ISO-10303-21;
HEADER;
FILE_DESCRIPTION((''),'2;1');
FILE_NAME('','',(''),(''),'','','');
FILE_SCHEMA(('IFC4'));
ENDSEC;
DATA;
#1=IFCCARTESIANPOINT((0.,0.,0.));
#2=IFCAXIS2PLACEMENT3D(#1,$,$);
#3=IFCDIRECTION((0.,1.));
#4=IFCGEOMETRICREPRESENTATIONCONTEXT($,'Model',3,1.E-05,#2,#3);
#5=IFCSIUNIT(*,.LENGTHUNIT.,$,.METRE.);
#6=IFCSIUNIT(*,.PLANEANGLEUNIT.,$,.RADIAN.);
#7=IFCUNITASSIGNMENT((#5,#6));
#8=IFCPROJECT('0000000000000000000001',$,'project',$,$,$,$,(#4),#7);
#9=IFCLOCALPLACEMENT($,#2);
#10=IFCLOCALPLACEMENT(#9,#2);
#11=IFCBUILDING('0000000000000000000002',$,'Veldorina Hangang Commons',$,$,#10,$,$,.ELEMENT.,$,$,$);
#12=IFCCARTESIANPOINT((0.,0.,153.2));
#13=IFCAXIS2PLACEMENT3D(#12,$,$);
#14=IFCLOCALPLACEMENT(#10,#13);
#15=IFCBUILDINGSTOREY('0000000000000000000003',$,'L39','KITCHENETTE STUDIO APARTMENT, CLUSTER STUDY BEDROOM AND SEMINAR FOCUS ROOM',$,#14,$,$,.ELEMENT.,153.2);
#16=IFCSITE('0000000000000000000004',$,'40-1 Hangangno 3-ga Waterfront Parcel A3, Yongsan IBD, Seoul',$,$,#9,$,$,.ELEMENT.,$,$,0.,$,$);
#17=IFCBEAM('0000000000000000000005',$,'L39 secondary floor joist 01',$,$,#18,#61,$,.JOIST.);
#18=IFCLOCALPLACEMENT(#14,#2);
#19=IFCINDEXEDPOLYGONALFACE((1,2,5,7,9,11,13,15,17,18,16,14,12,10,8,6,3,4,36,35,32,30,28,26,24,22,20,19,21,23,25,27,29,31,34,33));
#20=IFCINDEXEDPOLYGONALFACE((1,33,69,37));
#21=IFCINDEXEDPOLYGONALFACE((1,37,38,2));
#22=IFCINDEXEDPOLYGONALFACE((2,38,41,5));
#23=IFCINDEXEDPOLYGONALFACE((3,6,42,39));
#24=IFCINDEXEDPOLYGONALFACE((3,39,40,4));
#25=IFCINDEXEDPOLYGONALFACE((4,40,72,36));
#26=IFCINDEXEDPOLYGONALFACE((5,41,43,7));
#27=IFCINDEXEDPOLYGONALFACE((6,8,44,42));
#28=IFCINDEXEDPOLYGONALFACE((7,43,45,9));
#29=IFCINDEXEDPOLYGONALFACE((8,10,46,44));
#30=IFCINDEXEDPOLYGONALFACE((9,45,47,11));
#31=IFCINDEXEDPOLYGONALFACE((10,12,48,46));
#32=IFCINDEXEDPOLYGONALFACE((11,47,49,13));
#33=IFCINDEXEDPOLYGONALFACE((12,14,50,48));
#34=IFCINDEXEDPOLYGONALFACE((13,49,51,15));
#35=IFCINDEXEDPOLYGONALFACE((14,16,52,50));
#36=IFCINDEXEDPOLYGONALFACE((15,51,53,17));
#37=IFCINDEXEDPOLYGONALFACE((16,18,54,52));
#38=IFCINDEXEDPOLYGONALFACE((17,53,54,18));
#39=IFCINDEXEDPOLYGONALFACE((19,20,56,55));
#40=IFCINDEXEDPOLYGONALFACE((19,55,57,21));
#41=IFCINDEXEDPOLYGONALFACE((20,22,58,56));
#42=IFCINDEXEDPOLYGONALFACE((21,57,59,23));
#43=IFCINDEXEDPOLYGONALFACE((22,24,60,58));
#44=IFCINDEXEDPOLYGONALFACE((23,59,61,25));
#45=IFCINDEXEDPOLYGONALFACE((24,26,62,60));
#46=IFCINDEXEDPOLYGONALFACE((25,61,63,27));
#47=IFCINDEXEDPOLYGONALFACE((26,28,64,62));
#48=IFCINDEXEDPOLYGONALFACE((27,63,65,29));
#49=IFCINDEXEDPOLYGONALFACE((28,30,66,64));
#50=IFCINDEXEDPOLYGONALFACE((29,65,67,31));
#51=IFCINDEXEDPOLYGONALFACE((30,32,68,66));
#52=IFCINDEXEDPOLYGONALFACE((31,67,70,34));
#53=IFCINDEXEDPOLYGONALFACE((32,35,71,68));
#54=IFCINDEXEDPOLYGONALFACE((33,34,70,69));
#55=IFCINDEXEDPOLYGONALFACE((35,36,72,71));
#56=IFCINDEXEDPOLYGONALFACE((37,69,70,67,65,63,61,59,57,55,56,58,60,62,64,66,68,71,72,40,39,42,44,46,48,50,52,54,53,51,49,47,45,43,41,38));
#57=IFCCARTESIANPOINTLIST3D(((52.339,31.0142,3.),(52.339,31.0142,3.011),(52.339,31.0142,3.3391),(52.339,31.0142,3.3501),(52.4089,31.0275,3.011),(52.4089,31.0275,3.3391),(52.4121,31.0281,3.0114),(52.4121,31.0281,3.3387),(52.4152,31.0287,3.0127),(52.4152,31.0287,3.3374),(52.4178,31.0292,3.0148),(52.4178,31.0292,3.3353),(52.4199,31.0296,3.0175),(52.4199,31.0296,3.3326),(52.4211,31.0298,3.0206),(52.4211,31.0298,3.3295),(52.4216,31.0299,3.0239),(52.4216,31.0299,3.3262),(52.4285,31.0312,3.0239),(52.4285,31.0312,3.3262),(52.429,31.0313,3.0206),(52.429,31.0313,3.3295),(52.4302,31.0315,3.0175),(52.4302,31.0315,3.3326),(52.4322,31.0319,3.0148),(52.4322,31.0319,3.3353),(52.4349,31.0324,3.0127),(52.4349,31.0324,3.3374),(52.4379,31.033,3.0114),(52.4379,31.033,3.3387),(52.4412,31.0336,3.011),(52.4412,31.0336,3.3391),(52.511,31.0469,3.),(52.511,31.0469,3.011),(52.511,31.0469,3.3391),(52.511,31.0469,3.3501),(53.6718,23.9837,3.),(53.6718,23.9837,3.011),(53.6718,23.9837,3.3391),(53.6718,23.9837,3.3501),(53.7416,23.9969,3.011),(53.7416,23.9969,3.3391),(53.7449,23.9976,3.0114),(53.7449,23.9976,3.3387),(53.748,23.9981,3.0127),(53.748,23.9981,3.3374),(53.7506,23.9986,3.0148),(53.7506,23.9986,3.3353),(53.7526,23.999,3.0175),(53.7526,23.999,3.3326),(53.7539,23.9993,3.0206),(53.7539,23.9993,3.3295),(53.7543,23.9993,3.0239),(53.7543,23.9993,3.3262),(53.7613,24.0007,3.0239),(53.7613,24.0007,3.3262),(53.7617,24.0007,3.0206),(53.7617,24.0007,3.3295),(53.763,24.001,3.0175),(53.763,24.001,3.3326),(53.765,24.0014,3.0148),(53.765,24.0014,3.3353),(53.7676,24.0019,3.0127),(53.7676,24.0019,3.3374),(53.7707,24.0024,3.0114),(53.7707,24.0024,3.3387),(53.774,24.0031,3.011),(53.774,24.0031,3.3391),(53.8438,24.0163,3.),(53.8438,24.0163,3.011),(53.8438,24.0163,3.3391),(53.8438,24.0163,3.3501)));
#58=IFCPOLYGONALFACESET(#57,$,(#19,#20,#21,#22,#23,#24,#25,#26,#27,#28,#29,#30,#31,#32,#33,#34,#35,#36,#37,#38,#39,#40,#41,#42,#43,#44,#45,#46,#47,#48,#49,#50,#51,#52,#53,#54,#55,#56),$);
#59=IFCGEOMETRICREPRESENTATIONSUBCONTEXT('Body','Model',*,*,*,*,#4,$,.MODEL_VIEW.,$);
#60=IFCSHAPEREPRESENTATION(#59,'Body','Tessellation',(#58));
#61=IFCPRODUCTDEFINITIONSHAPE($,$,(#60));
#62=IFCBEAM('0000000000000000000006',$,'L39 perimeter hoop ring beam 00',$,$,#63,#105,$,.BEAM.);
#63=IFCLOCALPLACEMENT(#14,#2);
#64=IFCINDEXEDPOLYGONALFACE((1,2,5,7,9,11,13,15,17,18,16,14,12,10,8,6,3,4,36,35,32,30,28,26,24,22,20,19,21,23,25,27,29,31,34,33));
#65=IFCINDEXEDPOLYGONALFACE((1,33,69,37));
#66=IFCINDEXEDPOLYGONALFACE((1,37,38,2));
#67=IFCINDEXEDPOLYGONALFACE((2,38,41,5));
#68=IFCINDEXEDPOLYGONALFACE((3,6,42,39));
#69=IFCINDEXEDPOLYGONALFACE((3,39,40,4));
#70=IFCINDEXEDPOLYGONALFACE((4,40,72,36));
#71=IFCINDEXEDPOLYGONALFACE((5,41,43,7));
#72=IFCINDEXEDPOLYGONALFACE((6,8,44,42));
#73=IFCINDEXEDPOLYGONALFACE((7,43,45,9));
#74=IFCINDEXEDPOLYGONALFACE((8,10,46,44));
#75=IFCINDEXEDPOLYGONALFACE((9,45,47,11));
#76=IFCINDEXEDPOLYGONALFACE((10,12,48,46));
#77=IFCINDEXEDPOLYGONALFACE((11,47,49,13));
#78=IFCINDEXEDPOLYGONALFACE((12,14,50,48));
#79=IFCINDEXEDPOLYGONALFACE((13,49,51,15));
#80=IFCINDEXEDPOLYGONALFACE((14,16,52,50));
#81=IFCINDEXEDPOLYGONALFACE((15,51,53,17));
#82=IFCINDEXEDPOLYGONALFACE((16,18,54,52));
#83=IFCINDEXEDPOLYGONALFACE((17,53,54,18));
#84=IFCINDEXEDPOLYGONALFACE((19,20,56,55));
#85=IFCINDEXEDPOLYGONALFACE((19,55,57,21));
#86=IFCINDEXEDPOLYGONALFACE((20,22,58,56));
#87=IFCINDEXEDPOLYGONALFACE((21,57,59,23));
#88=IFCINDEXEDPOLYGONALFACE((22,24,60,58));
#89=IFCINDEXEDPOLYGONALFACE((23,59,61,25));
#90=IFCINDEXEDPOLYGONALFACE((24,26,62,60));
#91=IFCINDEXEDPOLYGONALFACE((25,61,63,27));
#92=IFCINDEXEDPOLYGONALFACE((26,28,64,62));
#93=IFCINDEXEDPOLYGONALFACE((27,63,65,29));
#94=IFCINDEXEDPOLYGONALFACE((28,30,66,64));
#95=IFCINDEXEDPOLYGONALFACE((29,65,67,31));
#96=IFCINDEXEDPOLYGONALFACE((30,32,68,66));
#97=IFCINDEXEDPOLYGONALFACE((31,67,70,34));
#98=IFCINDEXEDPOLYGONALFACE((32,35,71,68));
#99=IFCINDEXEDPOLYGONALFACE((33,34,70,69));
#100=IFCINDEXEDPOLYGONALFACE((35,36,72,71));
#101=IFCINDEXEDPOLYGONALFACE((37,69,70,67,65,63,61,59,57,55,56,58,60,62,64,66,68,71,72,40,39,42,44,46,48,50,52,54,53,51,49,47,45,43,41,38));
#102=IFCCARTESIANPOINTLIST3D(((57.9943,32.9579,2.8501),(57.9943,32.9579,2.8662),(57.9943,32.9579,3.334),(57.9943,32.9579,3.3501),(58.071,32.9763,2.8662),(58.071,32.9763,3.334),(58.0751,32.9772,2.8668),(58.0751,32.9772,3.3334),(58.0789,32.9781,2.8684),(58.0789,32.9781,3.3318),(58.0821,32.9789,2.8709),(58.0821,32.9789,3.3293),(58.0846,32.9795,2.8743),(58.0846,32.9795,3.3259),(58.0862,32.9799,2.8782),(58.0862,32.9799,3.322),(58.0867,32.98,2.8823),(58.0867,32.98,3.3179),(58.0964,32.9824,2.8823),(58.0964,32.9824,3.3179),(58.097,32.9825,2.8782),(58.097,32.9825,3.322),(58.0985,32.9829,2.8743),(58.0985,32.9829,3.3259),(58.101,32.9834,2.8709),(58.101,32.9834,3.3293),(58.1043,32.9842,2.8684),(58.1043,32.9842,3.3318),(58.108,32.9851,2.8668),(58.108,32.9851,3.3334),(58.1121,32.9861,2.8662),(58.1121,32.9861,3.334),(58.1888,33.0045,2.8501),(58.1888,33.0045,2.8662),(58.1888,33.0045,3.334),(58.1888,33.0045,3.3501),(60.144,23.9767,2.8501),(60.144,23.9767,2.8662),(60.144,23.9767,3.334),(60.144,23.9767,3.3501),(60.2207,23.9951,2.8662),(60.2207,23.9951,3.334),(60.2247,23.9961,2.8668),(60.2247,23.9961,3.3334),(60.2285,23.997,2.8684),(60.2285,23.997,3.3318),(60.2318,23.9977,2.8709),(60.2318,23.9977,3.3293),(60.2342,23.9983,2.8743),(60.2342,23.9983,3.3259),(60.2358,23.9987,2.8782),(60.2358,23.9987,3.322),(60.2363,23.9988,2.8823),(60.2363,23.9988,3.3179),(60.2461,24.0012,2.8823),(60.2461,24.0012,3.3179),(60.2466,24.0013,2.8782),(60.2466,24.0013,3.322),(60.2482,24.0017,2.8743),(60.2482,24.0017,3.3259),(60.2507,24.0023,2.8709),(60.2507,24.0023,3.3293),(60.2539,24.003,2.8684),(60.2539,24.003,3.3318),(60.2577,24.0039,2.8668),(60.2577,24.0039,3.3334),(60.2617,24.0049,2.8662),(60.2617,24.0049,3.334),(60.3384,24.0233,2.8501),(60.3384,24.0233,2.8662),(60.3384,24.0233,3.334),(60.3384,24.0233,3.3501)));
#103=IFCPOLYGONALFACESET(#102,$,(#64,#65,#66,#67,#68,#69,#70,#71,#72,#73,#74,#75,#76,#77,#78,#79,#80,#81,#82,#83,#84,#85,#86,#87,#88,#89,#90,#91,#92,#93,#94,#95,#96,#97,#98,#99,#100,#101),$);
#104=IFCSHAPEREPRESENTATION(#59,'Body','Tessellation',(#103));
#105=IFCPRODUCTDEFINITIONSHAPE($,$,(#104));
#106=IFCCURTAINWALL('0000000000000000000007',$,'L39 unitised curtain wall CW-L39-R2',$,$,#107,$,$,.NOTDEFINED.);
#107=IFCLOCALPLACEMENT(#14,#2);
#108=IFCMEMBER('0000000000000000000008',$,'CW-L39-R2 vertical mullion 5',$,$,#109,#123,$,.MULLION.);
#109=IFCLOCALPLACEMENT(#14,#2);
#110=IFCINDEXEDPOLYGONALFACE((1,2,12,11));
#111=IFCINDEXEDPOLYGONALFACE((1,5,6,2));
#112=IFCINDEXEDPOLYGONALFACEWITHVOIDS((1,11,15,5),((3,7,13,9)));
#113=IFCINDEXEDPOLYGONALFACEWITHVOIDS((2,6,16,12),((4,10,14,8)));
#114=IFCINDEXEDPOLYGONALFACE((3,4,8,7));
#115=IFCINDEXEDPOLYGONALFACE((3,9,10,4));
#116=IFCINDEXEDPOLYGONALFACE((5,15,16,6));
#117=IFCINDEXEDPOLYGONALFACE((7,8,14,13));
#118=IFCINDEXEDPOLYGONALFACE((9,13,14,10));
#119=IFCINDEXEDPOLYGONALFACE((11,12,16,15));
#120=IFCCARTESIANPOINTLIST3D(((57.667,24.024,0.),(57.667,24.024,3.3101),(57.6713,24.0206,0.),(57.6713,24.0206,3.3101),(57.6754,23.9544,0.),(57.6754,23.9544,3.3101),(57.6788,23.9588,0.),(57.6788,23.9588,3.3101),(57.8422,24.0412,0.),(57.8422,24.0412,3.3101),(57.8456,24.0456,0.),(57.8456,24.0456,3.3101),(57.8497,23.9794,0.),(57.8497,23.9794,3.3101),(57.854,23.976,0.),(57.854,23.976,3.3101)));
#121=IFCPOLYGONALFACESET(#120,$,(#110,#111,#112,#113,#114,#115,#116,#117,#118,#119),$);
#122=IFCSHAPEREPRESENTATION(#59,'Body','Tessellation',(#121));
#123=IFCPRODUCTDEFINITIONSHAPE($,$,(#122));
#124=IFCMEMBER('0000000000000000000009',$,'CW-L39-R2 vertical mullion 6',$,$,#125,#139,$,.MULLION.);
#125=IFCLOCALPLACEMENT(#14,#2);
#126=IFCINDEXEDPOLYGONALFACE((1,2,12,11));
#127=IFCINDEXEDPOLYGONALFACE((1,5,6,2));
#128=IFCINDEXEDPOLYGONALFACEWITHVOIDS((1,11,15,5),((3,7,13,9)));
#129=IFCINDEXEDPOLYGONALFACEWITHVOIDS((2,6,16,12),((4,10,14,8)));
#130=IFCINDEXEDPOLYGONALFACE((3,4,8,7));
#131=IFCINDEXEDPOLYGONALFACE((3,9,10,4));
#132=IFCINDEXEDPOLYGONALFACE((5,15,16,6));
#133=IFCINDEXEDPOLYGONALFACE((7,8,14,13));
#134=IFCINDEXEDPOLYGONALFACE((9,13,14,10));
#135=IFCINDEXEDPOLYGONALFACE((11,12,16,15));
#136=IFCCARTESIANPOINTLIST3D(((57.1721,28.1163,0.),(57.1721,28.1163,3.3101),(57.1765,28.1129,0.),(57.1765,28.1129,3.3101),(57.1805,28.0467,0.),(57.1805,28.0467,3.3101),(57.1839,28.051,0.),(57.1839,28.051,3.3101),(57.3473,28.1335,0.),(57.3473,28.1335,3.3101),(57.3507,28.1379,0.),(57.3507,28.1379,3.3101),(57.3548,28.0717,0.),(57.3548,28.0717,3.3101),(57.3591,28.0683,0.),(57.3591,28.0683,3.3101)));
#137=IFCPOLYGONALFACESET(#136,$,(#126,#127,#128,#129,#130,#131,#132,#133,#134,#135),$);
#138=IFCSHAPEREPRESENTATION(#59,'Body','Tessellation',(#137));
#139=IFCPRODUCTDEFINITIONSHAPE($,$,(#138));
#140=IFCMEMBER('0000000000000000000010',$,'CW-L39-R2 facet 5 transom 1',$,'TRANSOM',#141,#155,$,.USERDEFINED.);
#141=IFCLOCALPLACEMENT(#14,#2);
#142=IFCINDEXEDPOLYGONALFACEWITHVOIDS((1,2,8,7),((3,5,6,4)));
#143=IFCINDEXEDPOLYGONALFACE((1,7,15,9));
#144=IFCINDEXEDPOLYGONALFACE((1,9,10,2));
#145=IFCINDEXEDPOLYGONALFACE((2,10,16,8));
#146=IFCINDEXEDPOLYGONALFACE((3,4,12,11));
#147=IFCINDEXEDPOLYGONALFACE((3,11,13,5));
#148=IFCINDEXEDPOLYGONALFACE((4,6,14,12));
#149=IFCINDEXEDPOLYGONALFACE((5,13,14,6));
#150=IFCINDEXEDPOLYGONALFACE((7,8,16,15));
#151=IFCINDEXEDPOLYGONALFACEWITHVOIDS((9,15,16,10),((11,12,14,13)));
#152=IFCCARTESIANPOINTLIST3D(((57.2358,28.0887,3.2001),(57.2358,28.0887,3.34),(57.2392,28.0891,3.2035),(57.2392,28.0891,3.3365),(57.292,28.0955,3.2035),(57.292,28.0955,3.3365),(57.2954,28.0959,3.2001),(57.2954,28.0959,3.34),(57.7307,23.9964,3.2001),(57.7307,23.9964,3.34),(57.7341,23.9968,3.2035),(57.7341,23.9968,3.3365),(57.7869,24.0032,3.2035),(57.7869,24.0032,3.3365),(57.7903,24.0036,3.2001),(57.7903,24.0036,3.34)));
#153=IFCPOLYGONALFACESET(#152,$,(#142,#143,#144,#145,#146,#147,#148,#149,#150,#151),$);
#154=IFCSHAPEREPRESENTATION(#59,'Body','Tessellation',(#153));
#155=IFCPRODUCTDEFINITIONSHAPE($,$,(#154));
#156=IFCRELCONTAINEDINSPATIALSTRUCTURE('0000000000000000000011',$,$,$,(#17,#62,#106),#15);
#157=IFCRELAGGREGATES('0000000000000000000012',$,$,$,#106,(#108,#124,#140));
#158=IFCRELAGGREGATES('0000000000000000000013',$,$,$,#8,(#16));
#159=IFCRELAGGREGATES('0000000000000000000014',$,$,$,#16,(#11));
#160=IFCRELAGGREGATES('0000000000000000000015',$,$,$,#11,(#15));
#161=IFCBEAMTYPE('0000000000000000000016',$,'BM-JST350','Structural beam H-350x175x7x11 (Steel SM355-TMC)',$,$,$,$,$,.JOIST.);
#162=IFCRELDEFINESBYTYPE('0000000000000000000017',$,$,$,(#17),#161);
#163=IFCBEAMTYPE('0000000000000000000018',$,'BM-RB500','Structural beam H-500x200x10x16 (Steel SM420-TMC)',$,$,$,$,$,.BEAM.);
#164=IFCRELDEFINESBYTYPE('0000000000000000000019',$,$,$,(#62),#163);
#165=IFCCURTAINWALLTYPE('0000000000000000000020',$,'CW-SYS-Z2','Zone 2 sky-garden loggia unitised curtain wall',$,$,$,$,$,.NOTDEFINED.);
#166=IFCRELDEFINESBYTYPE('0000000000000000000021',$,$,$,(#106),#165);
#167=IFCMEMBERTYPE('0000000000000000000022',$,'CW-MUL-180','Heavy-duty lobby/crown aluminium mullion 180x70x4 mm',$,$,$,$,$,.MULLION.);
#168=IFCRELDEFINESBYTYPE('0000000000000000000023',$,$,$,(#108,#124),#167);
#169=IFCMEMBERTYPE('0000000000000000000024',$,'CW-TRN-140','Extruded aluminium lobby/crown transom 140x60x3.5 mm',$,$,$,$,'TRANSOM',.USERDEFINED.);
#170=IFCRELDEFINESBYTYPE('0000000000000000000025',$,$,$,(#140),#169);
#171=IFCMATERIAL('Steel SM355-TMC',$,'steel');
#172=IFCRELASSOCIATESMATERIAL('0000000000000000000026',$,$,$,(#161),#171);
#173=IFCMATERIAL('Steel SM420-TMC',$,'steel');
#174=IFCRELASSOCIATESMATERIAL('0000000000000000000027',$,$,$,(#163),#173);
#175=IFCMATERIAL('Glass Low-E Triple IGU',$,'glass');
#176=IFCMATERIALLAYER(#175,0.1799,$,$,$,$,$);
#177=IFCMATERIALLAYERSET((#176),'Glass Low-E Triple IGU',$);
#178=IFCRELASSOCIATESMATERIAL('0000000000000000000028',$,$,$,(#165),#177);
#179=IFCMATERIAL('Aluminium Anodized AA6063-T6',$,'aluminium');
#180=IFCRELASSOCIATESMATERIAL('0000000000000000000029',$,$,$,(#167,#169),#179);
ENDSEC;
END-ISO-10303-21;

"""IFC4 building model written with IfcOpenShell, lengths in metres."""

from ifc_helpers import new_model, si_unit, direction, frame, origin, origin_2d, place, context, subcontext, project, spatial, hollow_rectangle, i_section, extrude, material, layer, layer_set, material_profile, profile_set, type_object, element, aggregate, save


model = new_model("IFC4")

# Units and contexts
model_context = context("Model", 3, precision=1e-05, world=origin(), true_north=direction((0.0, 1.0)))
body_context = subcontext(model_context, "Body", "Model", "MODEL_VIEW")
ifc_project = project(units=[si_unit("LENGTHUNIT", "METRE"), si_unit("PLANEANGLEUNIT", "RADIAN")], contexts=[model_context])

# Site, building, storey
site_placement = place(None, origin())
site = spatial("IfcSite", under=ifc_project, at=site_placement, Name="40-1 Hangangno 3-ga Waterfront Parcel A3, Yongsan IBD, Seoul", CompositionType="ELEMENT", RefElevation=0.0)
building_placement = place(site_placement, origin())
building = spatial("IfcBuilding", under=site, at=building_placement, Name="Veldorina Hangang Commons", CompositionType="ELEMENT")
storey_placement = place(building_placement, frame((0.0, 0.0, 153.2)))
storey = spatial("IfcBuildingStorey", under=building, at=storey_placement, Name="L39", Description="KITCHENETTE STUDIO APARTMENT, CLUSTER STUDY BEDROOM AND SEMINAR FOCUS ROOM", CompositionType="ELEMENT", Elevation=153.2)

# Beams
ifc_material_1 = material(Name="Steel SM355-TMC", Category="steel")
ifc_material_profile_1 = material_profile(ifc_material_1, i_section(OverallWidth=0.175, OverallDepth=0.3501, WebThickness=0.0071, FlangeThickness=0.011, FilletRadius=0.0129, at=origin_2d()), Name="H-350x175x7x11")
ifc_profile_set_1 = profile_set([ifc_material_profile_1], Name="Steel SM355-TMC")
beam_type_1 = type_object("IfcBeamType", Name="BM-JST350", Description="Structural beam H-350x175x7x11 (Steel SM355-TMC)", PredefinedType="JOIST", material=ifc_profile_set_1)
beam_1_placement = place(storey_placement, frame((53.7578, 24.0, 3.175), z_axis=(-0.186251, 0.982502, 0.0), x_axis=(-0.982502, -0.186251, 0.0)))
element("IfcBeam", 1, at=beam_1_placement, inside=storey, type_object=beam_type_1, Name="L39 secondary floor joist 01", PredefinedType="JOIST", context=body_context, shape_type="SweptSolid", body=[
    extrude(i_section(OverallWidth=0.175, OverallDepth=0.3501, WebThickness=0.0071, FlangeThickness=0.011, FilletRadius=0.0129, at=origin_2d()), origin(), (0.0, 0.0, 1.0), 7.1558),
])
ifc_material_2 = material(Name="Steel SM420-TMC", Category="steel")
ifc_material_profile_2 = material_profile(ifc_material_2, i_section(OverallWidth=0.2, OverallDepth=0.5, WebThickness=0.01, FlangeThickness=0.0161, FilletRadius=0.0161, at=origin_2d()), Name="H-500x200x10x16")
ifc_profile_set_2 = profile_set([ifc_material_profile_2], Name="Steel SM420-TMC")
beam_type_2 = type_object("IfcBeamType", Name="BM-RB500", Description="Structural beam H-500x200x10x16 (Steel SM420-TMC)", PredefinedType="BEAM", material=ifc_profile_set_2)
beam_2_placement = place(storey_placement, frame((60.2412, 24.0, 3.1001), z_axis=(-0.232776, 0.97253, 0.0), x_axis=(-0.97253, -0.232776, 0.0)))
element("IfcBeam", 2, at=beam_2_placement, inside=storey, type_object=beam_type_2, Name="L39 perimeter hoop ring beam 00", PredefinedType="BEAM", context=body_context, shape_type="SweptSolid", body=[
    extrude(i_section(OverallWidth=0.2, OverallDepth=0.5, WebThickness=0.01, FlangeThickness=0.0161, FilletRadius=0.0161, at=origin_2d()), origin(), (0.0, 0.0, 1.0), 9.2349),
])

# Curtain wall, members
ifc_material_3 = material(Name="Glass Low-E Triple IGU", Category="glass")
ifc_layer_1 = layer(ifc_material_3, 0.1799)
ifc_layer_set_1 = layer_set([ifc_layer_1], Name="Glass Low-E Triple IGU")
curtain_wall_type = type_object("IfcCurtainWallType", Name="CW-SYS-Z2", Description="Zone 2 sky-garden loggia unitised curtain wall", PredefinedType="NOTDEFINED", material=ifc_layer_set_1)
curtain_wall_placement = place(storey_placement, origin())
curtain_wall = element("IfcCurtainWall", 3, at=curtain_wall_placement, inside=storey, type_object=curtain_wall_type, Name="L39 unitised curtain wall CW-L39-R2", PredefinedType="NOTDEFINED")
ifc_material_4 = material(Name="Aluminium Anodized AA6063-T6", Category="aluminium")
ifc_material_profile_3 = material_profile(ifc_material_4, hollow_rectangle(XDim=0.0701, YDim=0.1799, WallThickness=0.0039, at=origin_2d()), Name="ALU-RHS-180x70x4")
ifc_profile_set_3 = profile_set([ifc_material_profile_3], Name="Aluminium Anodized AA6063-T6")
member_type_1 = type_object("IfcMemberType", Name="CW-MUL-180", Description="Heavy-duty lobby/crown aluminium mullion 180x70x4 mm", PredefinedType="MULLION", material=ifc_profile_set_3)
member_1_placement = place(storey_placement, frame((57.7605, 24.0, 0.0), z_axis=(0.0, 0.0, 1.0), x_axis=(-0.120085, 0.992764, 0.0)))
member_1 = element("IfcMember", 4, at=member_1_placement, type_object=member_type_1, Name="CW-L39-R2 vertical mullion 5", PredefinedType="MULLION", context=body_context, shape_type="SweptSolid", body=[
    extrude(hollow_rectangle(XDim=0.0701, YDim=0.1799, WallThickness=0.0039, at=origin_2d()), origin(), (0.0, 0.0, 1.0), 3.3101),
])
member_2_placement = place(storey_placement, frame((57.2656, 28.0923, 0.0), z_axis=(0.0, 0.0, 1.0), x_axis=(0.120085, -0.992764, 0.0)))
member_2 = element("IfcMember", 5, at=member_2_placement, type_object=member_type_1, Name="CW-L39-R2 vertical mullion 6", PredefinedType="MULLION", context=body_context, shape_type="SweptSolid", body=[
    extrude(hollow_rectangle(XDim=0.0701, YDim=0.1799, WallThickness=0.0039, at=origin_2d()), origin(), (0.0, 0.0, 1.0), 3.3101),
])
ifc_material_profile_4 = material_profile(ifc_material_4, hollow_rectangle(XDim=0.0601, YDim=0.1399, WallThickness=0.0034, at=origin_2d()), Name="ALU-RHS-140x60x3.5")
ifc_profile_set_4 = profile_set([ifc_material_profile_4], Name="Aluminium Anodized AA6063-T6")
member_type_2 = type_object("IfcMemberType", Name="CW-TRN-140", Description="Extruded aluminium lobby/crown transom 140x60x3.5 mm", ElementType="TRANSOM", PredefinedType="USERDEFINED", material=ifc_profile_set_4)
member_3_placement = place(storey_placement, frame((57.7605, 24.0, 3.27), z_axis=(-0.120054, 0.992767, 0.0), x_axis=(-0.992767, -0.120054, 0.0)))
member_3 = element("IfcMember", 6, at=member_3_placement, type_object=member_type_2, Name="CW-L39-R2 facet 5 transom 1", ObjectType="TRANSOM", PredefinedType="USERDEFINED", context=body_context, shape_type="SweptSolid", body=[
    extrude(hollow_rectangle(XDim=0.0601, YDim=0.1399, WallThickness=0.0034, at=origin_2d()), origin(), (0.0, 0.0, 1.0), 4.1221),
])

aggregate(curtain_wall, [member_1, member_2, member_3])

save(model, "model.ifc")
